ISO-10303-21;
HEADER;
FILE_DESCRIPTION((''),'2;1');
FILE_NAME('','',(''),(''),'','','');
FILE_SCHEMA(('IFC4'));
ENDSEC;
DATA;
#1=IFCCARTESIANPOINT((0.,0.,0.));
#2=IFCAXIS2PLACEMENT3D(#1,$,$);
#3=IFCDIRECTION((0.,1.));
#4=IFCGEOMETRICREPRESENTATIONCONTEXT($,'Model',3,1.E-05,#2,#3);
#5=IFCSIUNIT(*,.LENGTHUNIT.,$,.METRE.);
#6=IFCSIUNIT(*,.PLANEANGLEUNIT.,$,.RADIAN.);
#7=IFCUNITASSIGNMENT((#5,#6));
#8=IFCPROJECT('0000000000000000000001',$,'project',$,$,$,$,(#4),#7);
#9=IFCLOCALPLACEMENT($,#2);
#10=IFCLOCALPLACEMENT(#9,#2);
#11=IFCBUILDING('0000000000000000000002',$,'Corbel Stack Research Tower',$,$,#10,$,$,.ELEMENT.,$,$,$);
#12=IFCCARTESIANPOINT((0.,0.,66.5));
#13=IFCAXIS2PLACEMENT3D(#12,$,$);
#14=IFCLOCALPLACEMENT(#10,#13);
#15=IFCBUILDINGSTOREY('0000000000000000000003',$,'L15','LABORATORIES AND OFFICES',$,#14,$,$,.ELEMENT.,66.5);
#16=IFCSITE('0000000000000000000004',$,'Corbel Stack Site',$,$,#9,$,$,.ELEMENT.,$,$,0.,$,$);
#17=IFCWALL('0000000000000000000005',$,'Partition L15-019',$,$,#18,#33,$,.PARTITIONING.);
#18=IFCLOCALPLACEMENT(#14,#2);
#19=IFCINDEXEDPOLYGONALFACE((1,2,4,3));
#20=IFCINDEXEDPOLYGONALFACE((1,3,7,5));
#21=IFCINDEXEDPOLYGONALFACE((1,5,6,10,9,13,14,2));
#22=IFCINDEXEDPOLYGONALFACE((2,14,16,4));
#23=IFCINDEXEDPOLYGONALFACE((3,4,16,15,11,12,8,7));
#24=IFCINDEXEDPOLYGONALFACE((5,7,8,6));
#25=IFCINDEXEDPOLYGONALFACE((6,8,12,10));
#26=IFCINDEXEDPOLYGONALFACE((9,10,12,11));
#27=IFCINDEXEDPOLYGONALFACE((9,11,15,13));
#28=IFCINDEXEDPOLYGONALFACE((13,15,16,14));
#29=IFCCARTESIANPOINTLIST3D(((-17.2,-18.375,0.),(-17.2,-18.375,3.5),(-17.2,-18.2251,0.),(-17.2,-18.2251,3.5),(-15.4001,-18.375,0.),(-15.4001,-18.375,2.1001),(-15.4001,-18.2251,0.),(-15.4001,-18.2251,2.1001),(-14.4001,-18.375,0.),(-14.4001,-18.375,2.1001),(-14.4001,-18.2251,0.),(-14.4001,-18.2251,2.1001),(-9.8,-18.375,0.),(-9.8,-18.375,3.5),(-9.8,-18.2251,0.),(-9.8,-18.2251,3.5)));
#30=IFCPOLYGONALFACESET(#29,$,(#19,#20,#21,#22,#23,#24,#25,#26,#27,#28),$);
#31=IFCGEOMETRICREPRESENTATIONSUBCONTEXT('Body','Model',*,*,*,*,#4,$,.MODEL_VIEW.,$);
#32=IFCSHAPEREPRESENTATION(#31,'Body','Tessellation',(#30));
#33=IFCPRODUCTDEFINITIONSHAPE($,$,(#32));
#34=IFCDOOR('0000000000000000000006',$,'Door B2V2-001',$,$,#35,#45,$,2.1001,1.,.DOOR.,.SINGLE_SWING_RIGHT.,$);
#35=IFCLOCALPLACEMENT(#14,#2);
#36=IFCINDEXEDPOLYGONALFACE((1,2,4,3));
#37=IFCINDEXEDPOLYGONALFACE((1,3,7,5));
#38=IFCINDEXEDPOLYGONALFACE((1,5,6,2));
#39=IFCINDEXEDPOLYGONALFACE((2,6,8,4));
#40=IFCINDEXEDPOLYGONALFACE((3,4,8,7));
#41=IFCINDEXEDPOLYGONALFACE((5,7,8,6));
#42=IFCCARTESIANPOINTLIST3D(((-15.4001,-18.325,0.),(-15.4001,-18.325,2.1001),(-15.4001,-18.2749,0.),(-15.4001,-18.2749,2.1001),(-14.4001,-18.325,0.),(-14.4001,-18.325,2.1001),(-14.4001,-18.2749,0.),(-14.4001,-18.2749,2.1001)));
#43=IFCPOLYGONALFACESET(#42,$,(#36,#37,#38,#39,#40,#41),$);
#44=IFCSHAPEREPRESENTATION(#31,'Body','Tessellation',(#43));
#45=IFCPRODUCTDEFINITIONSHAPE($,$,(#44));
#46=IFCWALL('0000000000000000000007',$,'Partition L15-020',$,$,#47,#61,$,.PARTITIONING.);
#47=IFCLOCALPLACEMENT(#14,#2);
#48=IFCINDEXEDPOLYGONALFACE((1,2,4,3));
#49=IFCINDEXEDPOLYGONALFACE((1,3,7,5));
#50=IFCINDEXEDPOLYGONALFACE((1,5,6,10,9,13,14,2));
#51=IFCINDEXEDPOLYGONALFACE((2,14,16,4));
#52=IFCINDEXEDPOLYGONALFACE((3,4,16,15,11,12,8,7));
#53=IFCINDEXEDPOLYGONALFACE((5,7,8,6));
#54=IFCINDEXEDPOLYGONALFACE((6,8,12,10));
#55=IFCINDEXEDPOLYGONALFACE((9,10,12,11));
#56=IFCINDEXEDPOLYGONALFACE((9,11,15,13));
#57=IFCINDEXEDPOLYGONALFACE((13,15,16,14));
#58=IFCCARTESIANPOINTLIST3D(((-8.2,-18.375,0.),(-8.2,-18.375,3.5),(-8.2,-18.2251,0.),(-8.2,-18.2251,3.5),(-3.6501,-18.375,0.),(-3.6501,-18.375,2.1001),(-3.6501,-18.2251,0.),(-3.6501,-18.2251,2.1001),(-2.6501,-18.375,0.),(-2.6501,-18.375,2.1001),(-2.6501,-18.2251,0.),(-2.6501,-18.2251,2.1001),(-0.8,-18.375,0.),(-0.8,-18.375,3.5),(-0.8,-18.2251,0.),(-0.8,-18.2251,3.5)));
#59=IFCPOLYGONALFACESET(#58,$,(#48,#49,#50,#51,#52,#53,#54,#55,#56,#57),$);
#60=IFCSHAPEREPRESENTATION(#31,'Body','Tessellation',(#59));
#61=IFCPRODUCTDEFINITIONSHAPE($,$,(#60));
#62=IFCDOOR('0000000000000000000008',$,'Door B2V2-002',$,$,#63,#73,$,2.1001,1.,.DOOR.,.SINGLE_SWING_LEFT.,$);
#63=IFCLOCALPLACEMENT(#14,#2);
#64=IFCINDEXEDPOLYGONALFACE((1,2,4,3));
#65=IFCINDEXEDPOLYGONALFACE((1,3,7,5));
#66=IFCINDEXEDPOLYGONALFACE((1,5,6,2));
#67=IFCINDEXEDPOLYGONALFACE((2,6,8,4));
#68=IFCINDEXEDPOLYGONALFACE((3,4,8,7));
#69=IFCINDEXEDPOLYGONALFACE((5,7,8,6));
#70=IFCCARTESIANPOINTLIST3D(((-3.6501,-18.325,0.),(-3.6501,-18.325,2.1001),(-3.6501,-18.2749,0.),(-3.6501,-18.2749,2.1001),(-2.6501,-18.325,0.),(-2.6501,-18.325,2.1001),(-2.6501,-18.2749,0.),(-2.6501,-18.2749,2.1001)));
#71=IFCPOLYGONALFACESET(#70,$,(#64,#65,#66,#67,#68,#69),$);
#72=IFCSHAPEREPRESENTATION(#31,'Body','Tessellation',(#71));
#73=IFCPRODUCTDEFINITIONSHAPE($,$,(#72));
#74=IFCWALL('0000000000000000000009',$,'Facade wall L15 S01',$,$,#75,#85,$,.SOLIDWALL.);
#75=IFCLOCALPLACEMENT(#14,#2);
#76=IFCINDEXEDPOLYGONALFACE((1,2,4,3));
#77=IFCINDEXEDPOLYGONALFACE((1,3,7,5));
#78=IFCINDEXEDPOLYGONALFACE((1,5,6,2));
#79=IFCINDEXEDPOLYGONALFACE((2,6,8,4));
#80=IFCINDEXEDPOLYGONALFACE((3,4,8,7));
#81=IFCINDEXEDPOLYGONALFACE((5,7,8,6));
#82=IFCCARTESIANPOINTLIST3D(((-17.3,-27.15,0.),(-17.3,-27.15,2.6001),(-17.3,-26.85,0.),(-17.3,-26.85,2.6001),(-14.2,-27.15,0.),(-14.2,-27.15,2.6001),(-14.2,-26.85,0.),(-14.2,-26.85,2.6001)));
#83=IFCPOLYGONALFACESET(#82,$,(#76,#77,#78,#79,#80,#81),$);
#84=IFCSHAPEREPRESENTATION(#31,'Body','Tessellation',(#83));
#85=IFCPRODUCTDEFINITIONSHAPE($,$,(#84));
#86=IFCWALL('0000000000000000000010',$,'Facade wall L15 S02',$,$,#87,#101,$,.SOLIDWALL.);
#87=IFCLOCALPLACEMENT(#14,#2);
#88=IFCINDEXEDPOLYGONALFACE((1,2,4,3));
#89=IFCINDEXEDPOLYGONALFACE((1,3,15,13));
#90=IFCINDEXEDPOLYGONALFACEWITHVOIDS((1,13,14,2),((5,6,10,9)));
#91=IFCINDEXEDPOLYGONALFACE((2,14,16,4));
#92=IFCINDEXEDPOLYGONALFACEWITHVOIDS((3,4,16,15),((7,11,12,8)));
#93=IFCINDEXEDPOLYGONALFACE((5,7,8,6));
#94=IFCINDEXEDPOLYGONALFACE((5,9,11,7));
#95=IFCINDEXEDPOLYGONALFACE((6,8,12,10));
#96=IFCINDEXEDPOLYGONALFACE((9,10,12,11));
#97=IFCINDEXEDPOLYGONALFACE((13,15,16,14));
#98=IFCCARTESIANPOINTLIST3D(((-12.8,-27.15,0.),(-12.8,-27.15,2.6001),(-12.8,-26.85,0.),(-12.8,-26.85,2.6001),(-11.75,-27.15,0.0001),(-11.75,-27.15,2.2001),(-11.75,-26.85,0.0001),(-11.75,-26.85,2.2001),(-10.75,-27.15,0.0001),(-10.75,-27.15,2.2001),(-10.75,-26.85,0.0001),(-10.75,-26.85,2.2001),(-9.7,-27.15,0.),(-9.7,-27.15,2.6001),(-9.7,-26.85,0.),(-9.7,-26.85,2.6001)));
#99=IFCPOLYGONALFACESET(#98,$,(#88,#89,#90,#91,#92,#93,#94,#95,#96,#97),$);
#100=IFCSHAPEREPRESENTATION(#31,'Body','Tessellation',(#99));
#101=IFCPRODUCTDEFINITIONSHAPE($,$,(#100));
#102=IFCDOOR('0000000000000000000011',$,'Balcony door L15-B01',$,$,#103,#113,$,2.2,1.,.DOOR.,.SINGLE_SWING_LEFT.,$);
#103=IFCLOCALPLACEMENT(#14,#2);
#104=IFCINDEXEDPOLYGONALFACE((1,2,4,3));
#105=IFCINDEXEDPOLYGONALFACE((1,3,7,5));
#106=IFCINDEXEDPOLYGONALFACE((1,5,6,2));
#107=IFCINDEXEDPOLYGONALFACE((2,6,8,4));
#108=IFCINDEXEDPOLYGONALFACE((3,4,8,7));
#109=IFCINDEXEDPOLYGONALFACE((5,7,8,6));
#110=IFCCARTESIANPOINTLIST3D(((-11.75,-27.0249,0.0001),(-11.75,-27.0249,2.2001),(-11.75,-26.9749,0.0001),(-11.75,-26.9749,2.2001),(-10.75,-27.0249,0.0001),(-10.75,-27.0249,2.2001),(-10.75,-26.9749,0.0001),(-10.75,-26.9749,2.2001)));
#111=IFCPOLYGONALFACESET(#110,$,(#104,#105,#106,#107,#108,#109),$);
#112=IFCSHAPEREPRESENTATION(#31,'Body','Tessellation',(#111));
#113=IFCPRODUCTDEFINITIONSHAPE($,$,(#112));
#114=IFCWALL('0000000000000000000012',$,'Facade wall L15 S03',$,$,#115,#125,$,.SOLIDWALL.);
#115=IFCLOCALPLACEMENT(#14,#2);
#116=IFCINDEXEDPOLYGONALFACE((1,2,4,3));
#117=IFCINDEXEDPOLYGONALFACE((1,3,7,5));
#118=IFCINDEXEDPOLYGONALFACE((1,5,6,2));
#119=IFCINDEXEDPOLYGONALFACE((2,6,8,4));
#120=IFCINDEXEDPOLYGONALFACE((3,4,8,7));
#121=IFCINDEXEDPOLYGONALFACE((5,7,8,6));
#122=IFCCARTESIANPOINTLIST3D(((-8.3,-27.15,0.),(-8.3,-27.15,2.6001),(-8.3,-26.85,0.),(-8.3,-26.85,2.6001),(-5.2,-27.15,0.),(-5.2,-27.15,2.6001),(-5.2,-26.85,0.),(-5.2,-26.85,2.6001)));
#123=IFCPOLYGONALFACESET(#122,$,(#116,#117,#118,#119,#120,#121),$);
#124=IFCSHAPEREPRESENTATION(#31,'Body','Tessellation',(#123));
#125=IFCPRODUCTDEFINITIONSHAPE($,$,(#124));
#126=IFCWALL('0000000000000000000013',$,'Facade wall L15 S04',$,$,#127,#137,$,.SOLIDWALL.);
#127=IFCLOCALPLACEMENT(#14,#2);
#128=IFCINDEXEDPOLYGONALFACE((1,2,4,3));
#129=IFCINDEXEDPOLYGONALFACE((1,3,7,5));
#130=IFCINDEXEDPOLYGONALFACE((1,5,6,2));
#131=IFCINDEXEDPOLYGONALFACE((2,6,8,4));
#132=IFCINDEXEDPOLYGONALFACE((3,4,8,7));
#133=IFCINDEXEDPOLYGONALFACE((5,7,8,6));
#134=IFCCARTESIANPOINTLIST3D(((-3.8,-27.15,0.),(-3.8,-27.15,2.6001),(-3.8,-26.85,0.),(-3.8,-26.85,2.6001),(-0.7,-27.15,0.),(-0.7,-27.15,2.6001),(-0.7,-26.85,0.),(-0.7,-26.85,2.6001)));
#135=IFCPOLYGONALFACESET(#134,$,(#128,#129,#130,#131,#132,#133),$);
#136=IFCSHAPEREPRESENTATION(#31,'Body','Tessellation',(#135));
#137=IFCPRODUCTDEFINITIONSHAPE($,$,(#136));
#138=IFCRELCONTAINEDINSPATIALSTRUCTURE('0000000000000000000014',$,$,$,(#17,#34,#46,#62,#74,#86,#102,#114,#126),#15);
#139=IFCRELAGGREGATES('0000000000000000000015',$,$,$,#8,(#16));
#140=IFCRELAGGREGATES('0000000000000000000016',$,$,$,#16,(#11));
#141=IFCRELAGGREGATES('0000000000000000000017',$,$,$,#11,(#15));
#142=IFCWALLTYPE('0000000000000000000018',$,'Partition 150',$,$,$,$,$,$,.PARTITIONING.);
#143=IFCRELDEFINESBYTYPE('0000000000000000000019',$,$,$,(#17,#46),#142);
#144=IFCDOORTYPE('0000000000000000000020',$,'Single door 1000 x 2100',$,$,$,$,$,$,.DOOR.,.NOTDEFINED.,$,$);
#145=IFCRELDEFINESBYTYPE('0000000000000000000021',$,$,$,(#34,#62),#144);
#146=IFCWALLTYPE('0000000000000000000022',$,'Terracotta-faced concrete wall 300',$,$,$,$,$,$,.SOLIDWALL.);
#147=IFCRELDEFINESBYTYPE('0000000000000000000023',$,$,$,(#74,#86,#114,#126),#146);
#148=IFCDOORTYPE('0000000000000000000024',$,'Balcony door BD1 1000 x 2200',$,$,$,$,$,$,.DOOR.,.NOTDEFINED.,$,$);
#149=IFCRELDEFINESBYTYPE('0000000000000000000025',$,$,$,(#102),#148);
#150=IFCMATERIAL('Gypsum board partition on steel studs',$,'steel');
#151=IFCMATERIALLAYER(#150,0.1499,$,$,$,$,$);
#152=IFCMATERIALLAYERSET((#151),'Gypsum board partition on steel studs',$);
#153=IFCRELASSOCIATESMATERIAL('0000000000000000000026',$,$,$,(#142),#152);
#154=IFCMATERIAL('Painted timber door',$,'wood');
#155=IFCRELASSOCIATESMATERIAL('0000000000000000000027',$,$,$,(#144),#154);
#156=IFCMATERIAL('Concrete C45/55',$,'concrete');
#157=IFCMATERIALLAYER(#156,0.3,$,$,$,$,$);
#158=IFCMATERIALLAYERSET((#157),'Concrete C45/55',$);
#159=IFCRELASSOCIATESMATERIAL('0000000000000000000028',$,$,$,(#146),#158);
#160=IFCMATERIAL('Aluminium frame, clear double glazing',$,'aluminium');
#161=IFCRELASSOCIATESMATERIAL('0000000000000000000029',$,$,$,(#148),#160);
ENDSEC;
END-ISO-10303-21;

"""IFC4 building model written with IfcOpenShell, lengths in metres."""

from ifc_helpers import new_model, si_unit, direction, frame, frame_2d, origin, place, context, subcontext, project, spatial, rectangle, extrude, material, layer, layer_set, type_object, element, fill, save


model = new_model("IFC4")

# Units and contexts
model_context = context("Model", 3, precision=1e-05, world=origin(), true_north=direction((0.0, 1.0)))
body_context = subcontext(model_context, "Body", "Model", "MODEL_VIEW")
ifc_project = project(units=[si_unit("LENGTHUNIT", "METRE"), si_unit("PLANEANGLEUNIT", "RADIAN")], contexts=[model_context])

# Site, building, storey
site_placement = place(None, origin())
site = spatial("IfcSite", under=ifc_project, at=site_placement, Name="Corbel Stack Site", CompositionType="ELEMENT", RefElevation=0.0)
building_placement = place(site_placement, origin())
building = spatial("IfcBuilding", under=site, at=building_placement, Name="Corbel Stack Research Tower", CompositionType="ELEMENT")
storey_placement = place(building_placement, frame((0.0, 0.0, 66.5)))
storey = spatial("IfcBuildingStorey", under=building, at=storey_placement, Name="L15", Description="LABORATORIES AND OFFICES", CompositionType="ELEMENT", Elevation=66.5)

# Walls, openings, doors
ifc_material_1 = material(Name="Gypsum board partition on steel studs", Category="steel")
ifc_layer_1 = layer(ifc_material_1, 0.1499)
ifc_layer_set_1 = layer_set([ifc_layer_1], Name="Gypsum board partition on steel studs")
wall_type_1 = type_object("IfcWallType", Name="Partition 150", PredefinedType="PARTITIONING", material=ifc_layer_set_1)
wall_1_placement = place(storey_placement, frame((-9.8, -18.3, 0.0), z_axis=(0.0, 0.0, 1.0), x_axis=(-1.0, 0.0, 0.0)))
wall_1 = element("IfcWall", 1, at=wall_1_placement, inside=storey, type_object=wall_type_1, Name="Partition L15-019", PredefinedType="PARTITIONING", context=body_context, shape_type="SweptSolid", body=[
    extrude(rectangle(XDim=7.3999, YDim=0.1499, at=frame_2d((3.7, 0.0))), origin(), (0.0, 0.0, 1.0), 3.5),
])
opening_1_placement = place(wall_1_placement, frame((4.6001, 0.0, 0.0)))
opening_1 = element("IfcOpeningElement", 2, at=opening_1_placement, cuts=wall_1, PredefinedType="OPENING", context=body_context, shape_type="SweptSolid", body=[
    extrude(rectangle(XDim=1.0, YDim=2.1001, at=frame_2d((0.5, 1.05))), frame((0.0, 0.085, 0.0), z_axis=(0.0, -1.0, 0.0), x_axis=(1.0, 0.0, 0.0)), (0.0, 0.0, 1.0), 0.1699),
])
ifc_material_2 = material(Name="Painted timber door", Category="wood")
door_type_1 = type_object("IfcDoorType", Name="Single door 1000 x 2100", OperationType="NOTDEFINED", PredefinedType="DOOR", material=ifc_material_2)
door_1_placement = place(opening_1_placement, origin())
door_1 = element("IfcDoor", 3, at=door_1_placement, inside=storey, type_object=door_type_1, Name="Door B2V2-001", OperationType="SINGLE_SWING_RIGHT", OverallHeight=2.1001, OverallWidth=1.0, PredefinedType="DOOR", context=body_context, shape_type="SweptSolid", body=[
    extrude(rectangle(XDim=1.0, YDim=2.1001, at=frame_2d((0.5, 1.05))), frame((0.0, 0.0249, 0.0), z_axis=(0.0, -1.0, 0.0), x_axis=(1.0, 0.0, 0.0)), (0.0, 0.0, 1.0), 0.05),
])
fill(opening_1, door_1)
wall_2_placement = place(storey_placement, frame((-0.8, -18.3, 0.0), z_axis=(0.0, 0.0, 1.0), x_axis=(-1.0, 0.0, 0.0)))
wall_2 = element("IfcWall", 4, at=wall_2_placement, inside=storey, type_object=wall_type_1, Name="Partition L15-020", PredefinedType="PARTITIONING", context=body_context, shape_type="SweptSolid", body=[
    extrude(rectangle(XDim=7.3999, YDim=0.1499, at=frame_2d((3.7, 0.0))), origin(), (0.0, 0.0, 1.0), 3.5),
])
opening_2_placement = place(wall_2_placement, frame((1.8501, 0.0, 0.0)))
opening_2 = element("IfcOpeningElement", 5, at=opening_2_placement, cuts=wall_2, PredefinedType="OPENING", context=body_context, shape_type="SweptSolid", body=[
    extrude(rectangle(XDim=1.0, YDim=2.1001, at=frame_2d((0.5, 1.05))), frame((0.0, 0.085, 0.0), z_axis=(0.0, -1.0, 0.0), x_axis=(1.0, 0.0, 0.0)), (0.0, 0.0, 1.0), 0.1699),
])
door_2_placement = place(opening_2_placement, origin())
door_2 = element("IfcDoor", 6, at=door_2_placement, inside=storey, type_object=door_type_1, Name="Door B2V2-002", OperationType="SINGLE_SWING_LEFT", OverallHeight=2.1001, OverallWidth=1.0, PredefinedType="DOOR", context=body_context, shape_type="SweptSolid", body=[
    extrude(rectangle(XDim=1.0, YDim=2.1001, at=frame_2d((0.5, 1.05))), frame((0.0, 0.0249, 0.0), z_axis=(0.0, -1.0, 0.0), x_axis=(1.0, 0.0, 0.0)), (0.0, 0.0, 1.0), 0.05),
])
fill(opening_2, door_2)

# Wall
ifc_material_3 = material(Name="Concrete C45/55", Category="concrete")
ifc_layer_2 = layer(ifc_material_3, 0.3)
ifc_layer_set_2 = layer_set([ifc_layer_2], Name="Concrete C45/55")
wall_type_2 = type_object("IfcWallType", Name="Terracotta-faced concrete wall 300", PredefinedType="SOLIDWALL", material=ifc_layer_set_2)
wall_3_placement = place(storey_placement, frame((-14.2, -27.0, 0.0), z_axis=(0.0, 0.0, 1.0), x_axis=(-1.0, 0.0, 0.0)))
element("IfcWall", 7, at=wall_3_placement, inside=storey, type_object=wall_type_2, Name="Facade wall L15 S01", PredefinedType="SOLIDWALL", context=body_context, shape_type="SweptSolid", body=[
    extrude(rectangle(XDim=3.1001, YDim=0.3, at=frame_2d((1.55, 0.0))), origin(), (0.0, 0.0, 1.0), 2.6001),
])

# Wall, opening, door
wall_4_placement = place(storey_placement, frame((-9.7, -27.0, 0.0), z_axis=(0.0, 0.0, 1.0), x_axis=(-1.0, 0.0, 0.0)))
wall_4 = element("IfcWall", 8, at=wall_4_placement, inside=storey, type_object=wall_type_2, Name="Facade wall L15 S02", PredefinedType="SOLIDWALL", context=body_context, shape_type="SweptSolid", body=[
    extrude(rectangle(XDim=3.1001, YDim=0.3, at=frame_2d((1.55, 0.0))), origin(), (0.0, 0.0, 1.0), 2.6001),
])
opening_3_placement = place(wall_4_placement, frame((1.05, 0.0, 0.0)))
opening_3 = element("IfcOpeningElement", 9, at=opening_3_placement, cuts=wall_4, PredefinedType="OPENING", context=body_context, shape_type="SweptSolid", body=[
    extrude(rectangle(XDim=1.0, YDim=2.2, at=frame_2d((0.5, 1.1001))), frame((0.0, 0.1599, 0.0), z_axis=(0.0, -1.0, 0.0), x_axis=(1.0, 0.0, 0.0)), (0.0, 0.0, 1.0), 0.3201),
])
ifc_material_4 = material(Name="Aluminium frame, clear double glazing", Category="aluminium")
door_type_2 = type_object("IfcDoorType", Name="Balcony door BD1 1000 x 2200", OperationType="NOTDEFINED", PredefinedType="DOOR", material=ifc_material_4)
door_3_placement = place(opening_3_placement, origin())
door_3 = element("IfcDoor", 10, at=door_3_placement, inside=storey, type_object=door_type_2, Name="Balcony door L15-B01", OperationType="SINGLE_SWING_LEFT", OverallHeight=2.2, OverallWidth=1.0, PredefinedType="DOOR", context=body_context, shape_type="SweptSolid", body=[
    extrude(rectangle(XDim=1.0, YDim=2.2, at=frame_2d((0.5, 1.1001))), frame((0.0, 0.0249, 0.0), z_axis=(0.0, -1.0, 0.0), x_axis=(1.0, 0.0, 0.0)), (0.0, 0.0, 1.0), 0.05),
])
fill(opening_3, door_3)

# Walls
for number, where, z_axis, x_axis, name in (
    (11, (-5.2, -27.0, 0.0), (0.0, 0.0, 1.0), (-1.0, 0.0, 0.0), "Facade wall L15 S03"),
    (12, (-0.7, -27.0, 0.0), (0.0, 0.0, 1.0), (-1.0, 0.0, 0.0), "Facade wall L15 S04"),
):
    element("IfcWall", number, at=place(storey_placement, frame(where, z_axis=z_axis, x_axis=x_axis)), inside=storey, type_object=wall_type_2, Name=name, PredefinedType="SOLIDWALL", context=body_context, shape_type="SweptSolid", body=[
        extrude(rectangle(XDim=3.1001, YDim=0.3, at=frame_2d((1.55, 0.0))), origin(), (0.0, 0.0, 1.0), 2.6001),
    ])

save(model, "model.ifc")
